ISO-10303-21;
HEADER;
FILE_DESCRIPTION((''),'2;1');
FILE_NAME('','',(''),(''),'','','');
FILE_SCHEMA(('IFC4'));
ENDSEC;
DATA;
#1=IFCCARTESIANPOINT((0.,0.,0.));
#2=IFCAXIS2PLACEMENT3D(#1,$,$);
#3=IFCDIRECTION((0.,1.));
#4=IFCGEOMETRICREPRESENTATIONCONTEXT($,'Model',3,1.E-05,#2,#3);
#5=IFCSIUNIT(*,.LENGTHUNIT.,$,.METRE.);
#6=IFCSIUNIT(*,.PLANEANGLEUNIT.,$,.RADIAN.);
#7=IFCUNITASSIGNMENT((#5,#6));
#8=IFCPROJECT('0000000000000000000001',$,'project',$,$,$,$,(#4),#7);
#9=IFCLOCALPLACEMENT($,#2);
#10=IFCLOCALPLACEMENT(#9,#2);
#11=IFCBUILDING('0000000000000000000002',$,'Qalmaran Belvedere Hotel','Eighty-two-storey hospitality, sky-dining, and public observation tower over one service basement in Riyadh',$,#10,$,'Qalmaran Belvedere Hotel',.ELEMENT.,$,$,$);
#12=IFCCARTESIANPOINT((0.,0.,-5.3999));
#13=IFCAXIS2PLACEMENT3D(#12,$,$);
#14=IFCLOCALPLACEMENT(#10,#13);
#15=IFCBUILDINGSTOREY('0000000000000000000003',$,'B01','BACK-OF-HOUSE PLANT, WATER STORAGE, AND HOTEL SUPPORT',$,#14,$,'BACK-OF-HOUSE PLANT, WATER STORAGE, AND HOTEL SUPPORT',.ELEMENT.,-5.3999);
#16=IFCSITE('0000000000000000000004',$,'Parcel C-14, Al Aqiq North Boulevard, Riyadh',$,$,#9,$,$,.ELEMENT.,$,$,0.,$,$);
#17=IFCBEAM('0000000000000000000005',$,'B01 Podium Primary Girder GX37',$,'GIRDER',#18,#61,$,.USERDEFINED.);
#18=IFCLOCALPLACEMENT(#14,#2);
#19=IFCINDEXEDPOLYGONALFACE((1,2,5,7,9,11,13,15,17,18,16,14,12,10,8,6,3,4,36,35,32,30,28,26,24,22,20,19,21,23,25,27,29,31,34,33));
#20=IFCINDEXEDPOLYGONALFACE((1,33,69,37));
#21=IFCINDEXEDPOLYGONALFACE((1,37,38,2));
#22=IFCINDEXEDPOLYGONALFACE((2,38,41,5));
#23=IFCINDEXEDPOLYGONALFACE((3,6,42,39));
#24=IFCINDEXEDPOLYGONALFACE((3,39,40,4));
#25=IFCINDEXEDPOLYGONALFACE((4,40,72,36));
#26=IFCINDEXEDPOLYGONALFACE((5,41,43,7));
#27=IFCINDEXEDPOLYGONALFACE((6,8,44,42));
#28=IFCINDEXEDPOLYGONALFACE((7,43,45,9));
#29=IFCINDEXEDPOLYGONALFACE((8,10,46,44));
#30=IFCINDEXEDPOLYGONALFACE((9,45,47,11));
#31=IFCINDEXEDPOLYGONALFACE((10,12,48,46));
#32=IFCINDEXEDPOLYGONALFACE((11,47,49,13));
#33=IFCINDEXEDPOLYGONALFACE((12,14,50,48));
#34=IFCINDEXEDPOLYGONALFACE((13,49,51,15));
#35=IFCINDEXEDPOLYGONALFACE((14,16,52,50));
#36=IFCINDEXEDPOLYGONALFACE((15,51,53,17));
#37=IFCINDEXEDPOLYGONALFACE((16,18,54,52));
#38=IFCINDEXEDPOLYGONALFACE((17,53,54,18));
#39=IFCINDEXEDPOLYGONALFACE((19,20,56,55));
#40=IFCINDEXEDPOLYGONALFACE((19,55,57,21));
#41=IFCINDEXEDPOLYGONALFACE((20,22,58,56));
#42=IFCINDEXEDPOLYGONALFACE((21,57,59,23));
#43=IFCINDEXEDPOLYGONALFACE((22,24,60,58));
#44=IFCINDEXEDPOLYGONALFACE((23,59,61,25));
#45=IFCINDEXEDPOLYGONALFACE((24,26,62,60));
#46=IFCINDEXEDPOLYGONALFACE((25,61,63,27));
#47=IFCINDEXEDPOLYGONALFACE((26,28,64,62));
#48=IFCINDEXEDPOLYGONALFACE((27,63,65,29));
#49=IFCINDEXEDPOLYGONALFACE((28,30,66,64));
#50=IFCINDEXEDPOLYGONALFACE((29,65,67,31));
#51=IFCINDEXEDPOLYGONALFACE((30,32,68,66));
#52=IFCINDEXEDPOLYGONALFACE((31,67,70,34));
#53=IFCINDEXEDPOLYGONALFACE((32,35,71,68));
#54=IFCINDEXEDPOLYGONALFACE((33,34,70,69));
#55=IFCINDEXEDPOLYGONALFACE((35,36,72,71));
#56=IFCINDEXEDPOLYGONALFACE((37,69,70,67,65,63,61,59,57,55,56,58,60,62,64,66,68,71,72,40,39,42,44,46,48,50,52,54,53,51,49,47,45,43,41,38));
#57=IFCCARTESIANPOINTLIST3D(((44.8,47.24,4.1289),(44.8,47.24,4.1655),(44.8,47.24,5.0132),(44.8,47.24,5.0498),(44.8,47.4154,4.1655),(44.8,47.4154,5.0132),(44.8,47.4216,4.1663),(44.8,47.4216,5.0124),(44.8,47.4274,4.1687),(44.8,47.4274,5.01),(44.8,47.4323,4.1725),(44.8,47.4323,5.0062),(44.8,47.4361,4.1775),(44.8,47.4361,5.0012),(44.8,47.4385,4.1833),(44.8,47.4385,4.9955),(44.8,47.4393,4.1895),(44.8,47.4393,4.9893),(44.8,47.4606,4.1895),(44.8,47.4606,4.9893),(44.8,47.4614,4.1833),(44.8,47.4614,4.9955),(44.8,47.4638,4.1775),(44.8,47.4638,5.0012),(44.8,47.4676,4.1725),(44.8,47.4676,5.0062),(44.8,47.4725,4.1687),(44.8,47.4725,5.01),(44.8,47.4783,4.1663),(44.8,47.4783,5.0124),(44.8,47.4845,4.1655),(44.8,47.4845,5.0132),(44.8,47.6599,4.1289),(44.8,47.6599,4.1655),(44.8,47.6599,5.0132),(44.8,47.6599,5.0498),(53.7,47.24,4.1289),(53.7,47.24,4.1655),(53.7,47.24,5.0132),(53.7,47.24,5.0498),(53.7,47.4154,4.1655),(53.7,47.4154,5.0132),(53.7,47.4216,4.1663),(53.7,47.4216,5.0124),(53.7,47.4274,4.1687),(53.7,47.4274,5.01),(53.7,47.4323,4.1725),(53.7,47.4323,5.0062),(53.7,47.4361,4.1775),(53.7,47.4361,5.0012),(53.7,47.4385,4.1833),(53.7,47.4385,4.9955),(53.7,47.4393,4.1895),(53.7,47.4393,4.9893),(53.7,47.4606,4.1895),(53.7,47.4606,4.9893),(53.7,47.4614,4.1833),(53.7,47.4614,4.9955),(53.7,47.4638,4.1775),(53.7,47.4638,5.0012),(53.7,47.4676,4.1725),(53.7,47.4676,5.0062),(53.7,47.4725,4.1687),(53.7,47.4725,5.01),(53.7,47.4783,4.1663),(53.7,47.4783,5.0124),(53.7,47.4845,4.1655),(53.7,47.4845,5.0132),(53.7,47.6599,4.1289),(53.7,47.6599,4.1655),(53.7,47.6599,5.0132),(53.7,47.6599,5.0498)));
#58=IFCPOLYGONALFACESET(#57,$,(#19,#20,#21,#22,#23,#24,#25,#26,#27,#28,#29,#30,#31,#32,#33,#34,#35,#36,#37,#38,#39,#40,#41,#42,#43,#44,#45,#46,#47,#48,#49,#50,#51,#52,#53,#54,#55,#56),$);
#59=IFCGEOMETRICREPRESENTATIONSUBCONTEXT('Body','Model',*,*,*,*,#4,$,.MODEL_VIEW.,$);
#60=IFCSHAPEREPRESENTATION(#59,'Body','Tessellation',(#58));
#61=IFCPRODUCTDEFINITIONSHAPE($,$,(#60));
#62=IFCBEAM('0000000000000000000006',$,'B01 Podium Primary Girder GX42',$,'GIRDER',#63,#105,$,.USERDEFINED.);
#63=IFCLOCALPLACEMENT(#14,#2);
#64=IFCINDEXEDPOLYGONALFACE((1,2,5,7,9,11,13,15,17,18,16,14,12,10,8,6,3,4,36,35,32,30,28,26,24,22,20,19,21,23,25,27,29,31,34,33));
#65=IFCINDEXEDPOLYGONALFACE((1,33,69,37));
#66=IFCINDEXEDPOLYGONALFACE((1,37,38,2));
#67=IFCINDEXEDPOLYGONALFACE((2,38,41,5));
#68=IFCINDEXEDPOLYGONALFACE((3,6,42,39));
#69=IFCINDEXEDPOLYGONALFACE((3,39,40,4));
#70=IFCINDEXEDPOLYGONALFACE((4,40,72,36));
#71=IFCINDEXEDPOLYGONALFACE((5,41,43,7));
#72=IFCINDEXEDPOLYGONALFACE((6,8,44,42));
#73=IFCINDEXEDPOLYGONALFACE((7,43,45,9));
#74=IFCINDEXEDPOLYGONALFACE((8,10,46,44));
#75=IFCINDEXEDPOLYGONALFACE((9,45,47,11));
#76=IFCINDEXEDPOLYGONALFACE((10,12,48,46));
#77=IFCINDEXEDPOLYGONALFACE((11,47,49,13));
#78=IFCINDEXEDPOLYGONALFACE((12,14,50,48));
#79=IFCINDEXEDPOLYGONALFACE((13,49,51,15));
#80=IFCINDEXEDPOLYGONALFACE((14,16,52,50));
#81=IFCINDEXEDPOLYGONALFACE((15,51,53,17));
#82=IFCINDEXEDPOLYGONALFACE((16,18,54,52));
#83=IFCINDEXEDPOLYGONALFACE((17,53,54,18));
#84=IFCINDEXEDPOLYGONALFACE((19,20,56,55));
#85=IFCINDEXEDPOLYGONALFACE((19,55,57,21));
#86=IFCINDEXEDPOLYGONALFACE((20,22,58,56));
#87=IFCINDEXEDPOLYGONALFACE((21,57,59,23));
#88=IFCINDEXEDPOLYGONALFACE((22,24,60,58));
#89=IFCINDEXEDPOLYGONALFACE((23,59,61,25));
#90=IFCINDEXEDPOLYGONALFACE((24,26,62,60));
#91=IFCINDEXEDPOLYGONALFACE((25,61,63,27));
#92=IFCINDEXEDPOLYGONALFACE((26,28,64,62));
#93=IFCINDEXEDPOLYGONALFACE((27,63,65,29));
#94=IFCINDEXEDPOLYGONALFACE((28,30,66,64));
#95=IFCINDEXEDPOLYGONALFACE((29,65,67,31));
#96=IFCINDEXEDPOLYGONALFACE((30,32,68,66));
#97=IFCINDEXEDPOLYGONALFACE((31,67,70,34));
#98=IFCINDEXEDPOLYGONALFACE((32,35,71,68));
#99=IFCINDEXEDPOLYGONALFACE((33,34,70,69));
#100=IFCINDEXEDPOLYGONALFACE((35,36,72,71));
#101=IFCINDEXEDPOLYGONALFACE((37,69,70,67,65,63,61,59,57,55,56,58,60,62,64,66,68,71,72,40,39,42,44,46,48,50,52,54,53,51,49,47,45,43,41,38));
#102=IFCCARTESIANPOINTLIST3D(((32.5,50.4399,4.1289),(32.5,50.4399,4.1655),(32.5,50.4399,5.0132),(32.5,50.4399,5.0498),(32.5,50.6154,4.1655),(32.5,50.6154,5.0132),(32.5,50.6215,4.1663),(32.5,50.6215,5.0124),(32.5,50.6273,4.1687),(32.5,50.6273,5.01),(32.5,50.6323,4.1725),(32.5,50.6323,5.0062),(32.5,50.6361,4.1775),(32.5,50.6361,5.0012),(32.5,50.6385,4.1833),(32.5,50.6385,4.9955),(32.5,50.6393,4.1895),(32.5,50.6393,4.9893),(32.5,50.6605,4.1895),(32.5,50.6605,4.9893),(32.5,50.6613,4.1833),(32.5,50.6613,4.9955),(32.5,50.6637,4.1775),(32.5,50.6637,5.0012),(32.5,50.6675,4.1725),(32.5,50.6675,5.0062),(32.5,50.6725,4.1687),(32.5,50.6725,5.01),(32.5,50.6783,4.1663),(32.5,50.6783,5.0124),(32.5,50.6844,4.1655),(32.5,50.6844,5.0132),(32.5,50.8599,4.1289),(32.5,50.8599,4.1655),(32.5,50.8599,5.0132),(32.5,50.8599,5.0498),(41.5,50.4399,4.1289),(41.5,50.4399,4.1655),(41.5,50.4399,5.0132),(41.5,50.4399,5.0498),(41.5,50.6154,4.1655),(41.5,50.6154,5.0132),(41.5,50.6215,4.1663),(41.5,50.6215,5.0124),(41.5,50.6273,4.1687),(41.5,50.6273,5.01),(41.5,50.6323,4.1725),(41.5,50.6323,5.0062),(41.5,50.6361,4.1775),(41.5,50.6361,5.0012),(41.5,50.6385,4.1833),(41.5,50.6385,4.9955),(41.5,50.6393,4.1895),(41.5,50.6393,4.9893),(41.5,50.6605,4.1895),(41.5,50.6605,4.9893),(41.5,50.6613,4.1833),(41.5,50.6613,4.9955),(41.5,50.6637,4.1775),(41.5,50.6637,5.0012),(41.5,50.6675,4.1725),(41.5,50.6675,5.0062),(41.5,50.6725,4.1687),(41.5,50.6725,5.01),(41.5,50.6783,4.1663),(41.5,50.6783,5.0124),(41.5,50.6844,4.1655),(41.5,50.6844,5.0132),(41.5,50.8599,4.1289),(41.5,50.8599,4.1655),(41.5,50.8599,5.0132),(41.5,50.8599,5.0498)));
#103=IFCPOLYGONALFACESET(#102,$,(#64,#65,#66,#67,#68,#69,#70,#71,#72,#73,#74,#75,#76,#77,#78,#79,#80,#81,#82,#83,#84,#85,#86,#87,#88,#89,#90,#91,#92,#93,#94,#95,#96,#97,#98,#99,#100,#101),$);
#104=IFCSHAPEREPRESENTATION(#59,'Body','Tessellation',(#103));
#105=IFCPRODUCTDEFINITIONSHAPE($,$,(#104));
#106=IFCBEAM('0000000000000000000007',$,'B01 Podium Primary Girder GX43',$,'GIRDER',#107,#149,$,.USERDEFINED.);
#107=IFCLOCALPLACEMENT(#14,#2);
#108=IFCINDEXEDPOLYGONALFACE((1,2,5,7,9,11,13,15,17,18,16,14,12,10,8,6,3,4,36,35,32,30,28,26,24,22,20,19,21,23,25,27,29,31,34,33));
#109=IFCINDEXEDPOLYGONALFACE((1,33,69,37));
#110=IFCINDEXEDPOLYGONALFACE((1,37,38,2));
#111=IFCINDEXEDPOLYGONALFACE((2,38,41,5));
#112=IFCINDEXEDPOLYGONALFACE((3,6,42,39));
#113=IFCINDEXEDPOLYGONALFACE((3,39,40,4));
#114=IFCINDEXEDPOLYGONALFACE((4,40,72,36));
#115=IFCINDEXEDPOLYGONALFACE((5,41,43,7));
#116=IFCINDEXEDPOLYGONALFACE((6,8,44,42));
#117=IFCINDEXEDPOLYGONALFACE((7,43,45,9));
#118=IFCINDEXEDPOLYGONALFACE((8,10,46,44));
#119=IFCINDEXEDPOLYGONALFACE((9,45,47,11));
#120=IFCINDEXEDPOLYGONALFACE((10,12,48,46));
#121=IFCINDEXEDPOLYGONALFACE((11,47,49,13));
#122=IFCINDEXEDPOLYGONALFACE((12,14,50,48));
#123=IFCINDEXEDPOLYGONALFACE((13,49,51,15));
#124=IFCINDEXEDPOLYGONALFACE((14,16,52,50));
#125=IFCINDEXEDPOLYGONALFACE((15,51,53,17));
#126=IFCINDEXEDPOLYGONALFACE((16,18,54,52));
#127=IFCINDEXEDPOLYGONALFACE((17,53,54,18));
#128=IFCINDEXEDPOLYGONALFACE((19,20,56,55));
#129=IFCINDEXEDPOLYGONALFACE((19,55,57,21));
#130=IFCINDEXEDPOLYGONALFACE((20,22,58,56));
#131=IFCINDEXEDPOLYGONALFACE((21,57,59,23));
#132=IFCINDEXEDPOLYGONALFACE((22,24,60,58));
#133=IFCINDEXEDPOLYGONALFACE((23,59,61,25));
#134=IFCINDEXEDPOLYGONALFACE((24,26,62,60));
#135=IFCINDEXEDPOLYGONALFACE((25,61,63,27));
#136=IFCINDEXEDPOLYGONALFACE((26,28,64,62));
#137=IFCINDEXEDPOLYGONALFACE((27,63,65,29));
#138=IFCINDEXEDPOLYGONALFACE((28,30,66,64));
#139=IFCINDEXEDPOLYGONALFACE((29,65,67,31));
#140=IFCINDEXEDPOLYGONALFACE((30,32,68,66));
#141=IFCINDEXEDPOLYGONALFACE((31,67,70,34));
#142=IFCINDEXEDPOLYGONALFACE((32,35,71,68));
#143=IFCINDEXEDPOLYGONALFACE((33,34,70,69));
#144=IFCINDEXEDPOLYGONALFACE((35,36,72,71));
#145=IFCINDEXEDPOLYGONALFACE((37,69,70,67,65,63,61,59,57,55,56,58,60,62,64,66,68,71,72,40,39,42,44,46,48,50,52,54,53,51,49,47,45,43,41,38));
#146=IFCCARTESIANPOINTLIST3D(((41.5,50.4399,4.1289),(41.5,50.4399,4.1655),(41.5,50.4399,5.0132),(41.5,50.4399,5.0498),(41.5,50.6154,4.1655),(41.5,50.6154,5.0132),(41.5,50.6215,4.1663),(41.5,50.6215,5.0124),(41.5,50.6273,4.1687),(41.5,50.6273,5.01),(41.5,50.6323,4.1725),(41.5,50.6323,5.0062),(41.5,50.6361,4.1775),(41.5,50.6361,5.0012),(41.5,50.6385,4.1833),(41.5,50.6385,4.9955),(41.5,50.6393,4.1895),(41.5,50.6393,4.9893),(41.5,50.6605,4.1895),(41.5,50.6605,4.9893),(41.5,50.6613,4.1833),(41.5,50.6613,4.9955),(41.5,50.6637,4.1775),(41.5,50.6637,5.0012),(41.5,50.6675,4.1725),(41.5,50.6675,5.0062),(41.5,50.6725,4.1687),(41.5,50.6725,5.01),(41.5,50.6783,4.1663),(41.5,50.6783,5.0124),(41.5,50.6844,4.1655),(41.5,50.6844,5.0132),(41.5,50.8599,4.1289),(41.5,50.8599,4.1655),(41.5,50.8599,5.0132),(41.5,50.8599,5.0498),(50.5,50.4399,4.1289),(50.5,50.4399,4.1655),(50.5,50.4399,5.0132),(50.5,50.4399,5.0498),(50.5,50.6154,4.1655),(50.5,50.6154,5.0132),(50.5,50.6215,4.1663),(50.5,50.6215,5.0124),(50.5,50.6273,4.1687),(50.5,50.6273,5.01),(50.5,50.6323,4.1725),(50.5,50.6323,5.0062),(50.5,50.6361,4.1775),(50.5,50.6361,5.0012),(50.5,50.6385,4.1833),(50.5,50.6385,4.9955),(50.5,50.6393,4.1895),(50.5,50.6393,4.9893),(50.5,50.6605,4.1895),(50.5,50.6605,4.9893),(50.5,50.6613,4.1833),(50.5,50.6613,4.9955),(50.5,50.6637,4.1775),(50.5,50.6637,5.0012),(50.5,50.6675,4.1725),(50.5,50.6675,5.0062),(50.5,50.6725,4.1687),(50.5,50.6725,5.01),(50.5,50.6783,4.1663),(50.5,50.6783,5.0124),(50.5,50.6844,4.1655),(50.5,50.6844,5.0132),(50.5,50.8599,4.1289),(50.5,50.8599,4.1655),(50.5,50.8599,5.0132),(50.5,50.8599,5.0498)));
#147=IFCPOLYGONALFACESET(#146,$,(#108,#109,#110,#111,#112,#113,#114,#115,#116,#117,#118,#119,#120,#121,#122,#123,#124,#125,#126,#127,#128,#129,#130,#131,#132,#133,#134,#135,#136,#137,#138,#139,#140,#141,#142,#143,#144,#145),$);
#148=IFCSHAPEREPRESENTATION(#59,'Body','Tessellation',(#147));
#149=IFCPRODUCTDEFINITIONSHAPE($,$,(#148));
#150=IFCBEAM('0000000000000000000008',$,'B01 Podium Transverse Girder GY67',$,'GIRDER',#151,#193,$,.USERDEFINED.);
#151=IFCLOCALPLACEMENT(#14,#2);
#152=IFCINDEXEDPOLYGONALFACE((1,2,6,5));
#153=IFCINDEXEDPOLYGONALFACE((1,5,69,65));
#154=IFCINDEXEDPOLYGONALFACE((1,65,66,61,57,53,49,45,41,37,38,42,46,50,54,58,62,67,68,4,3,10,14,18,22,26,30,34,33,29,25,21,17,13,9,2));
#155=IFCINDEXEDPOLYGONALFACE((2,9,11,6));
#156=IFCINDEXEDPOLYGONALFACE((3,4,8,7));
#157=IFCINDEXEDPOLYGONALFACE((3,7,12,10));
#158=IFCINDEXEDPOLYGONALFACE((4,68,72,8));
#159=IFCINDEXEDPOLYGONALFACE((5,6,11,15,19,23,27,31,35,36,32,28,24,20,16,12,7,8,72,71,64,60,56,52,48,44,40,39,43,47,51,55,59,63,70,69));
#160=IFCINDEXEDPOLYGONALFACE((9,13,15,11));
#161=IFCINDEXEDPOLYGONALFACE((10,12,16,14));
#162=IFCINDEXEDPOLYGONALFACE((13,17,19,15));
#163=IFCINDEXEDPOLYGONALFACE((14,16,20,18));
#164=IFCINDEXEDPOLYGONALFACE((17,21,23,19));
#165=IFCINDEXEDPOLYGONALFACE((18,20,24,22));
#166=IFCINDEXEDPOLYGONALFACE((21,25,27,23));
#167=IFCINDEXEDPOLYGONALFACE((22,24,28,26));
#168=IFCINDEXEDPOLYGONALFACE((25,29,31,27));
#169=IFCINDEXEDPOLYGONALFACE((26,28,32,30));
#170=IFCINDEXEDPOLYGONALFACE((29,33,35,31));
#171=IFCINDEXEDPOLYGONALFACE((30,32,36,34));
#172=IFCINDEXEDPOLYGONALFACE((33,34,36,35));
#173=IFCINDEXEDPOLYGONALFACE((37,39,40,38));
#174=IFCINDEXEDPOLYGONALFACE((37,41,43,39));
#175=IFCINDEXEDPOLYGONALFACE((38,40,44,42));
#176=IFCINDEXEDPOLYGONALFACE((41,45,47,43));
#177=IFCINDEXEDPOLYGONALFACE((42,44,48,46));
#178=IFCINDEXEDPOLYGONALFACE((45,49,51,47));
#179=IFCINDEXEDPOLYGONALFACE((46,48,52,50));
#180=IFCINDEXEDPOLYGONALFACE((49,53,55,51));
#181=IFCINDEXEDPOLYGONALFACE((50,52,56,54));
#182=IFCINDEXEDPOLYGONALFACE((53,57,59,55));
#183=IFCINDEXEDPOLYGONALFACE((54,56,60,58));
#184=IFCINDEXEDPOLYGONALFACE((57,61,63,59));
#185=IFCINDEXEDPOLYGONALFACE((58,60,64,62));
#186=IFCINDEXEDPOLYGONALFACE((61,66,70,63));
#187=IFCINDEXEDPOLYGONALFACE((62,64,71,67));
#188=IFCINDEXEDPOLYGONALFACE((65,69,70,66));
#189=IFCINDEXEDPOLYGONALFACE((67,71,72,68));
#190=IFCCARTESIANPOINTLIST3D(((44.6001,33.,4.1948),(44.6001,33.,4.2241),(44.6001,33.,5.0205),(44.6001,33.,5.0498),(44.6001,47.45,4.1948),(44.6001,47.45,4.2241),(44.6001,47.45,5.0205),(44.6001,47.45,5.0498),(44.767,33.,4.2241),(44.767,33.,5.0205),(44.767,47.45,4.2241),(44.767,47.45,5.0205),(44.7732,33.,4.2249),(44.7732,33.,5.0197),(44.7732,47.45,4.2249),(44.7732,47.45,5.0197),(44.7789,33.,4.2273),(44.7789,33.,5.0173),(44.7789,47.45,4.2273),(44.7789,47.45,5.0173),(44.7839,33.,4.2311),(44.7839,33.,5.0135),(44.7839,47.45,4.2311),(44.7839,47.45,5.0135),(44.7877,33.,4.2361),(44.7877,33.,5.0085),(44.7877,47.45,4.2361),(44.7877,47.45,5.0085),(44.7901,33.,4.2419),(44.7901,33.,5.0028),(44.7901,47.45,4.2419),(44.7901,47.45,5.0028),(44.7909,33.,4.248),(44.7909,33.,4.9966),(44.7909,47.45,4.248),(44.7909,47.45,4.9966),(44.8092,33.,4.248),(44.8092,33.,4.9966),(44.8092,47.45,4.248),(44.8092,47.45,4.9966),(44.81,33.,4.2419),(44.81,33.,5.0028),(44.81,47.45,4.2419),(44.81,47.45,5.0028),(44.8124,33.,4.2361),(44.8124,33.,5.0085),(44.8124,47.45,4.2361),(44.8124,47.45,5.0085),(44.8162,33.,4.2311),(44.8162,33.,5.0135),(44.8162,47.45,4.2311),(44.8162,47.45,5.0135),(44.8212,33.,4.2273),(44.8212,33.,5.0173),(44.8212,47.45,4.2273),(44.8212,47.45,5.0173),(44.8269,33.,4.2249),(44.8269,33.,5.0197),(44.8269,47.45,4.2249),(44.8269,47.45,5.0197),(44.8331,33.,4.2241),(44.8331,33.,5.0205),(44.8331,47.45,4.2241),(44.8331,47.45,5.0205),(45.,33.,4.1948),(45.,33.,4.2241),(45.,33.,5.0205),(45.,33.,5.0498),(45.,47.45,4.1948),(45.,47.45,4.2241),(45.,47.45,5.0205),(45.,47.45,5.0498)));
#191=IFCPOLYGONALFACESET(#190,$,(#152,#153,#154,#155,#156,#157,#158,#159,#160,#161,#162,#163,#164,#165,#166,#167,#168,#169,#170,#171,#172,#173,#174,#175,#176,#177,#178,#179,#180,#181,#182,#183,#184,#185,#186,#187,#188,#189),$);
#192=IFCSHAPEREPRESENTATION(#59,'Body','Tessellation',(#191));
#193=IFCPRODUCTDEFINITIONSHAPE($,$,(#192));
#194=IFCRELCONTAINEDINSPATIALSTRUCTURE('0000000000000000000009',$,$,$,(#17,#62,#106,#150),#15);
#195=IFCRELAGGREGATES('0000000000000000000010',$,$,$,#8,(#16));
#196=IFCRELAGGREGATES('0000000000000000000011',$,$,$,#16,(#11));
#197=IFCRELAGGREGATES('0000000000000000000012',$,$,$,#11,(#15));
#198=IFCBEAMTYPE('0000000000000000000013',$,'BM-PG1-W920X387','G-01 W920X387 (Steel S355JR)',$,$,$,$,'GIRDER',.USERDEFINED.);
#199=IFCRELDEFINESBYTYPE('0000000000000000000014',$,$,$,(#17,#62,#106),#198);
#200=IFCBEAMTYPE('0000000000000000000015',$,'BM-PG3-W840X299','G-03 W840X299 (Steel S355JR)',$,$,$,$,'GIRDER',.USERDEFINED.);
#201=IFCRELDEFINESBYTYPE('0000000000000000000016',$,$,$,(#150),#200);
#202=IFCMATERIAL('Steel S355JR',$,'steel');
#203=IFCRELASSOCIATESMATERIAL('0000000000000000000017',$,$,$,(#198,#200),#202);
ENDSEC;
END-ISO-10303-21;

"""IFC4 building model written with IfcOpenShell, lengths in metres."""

from ifc_helpers import new_model, si_unit, direction, frame, origin, origin_2d, place, context, subcontext, project, spatial, i_section, extrude, material, material_profile, profile_set, type_object, element, save


model = new_model("IFC4")

# Units and contexts
model_context = context("Model", 3, precision=1e-05, world=origin(), true_north=direction((0.0, 1.0)))
body_context = subcontext(model_context, "Body", "Model", "MODEL_VIEW")
ifc_project = project(units=[si_unit("LENGTHUNIT", "METRE"), si_unit("PLANEANGLEUNIT", "RADIAN")], contexts=[model_context])

# Site, building, storey
site_placement = place(None, origin())
site = spatial("IfcSite", under=ifc_project, at=site_placement, Name="Parcel C-14, Al Aqiq North Boulevard, Riyadh", CompositionType="ELEMENT", RefElevation=0.0)
building_placement = place(site_placement, origin())
building = spatial("IfcBuilding", under=site, at=building_placement, Name="Qalmaran Belvedere Hotel", Description="Eighty-two-storey hospitality, sky-dining, and public observation tower over one service basement in Riyadh", LongName="Qalmaran Belvedere Hotel", CompositionType="ELEMENT")
storey_placement = place(building_placement, frame((0.0, 0.0, -5.3999)))
storey = spatial("IfcBuildingStorey", under=building, at=storey_placement, Name="B01", Description="BACK-OF-HOUSE PLANT, WATER STORAGE, AND HOTEL SUPPORT", LongName="BACK-OF-HOUSE PLANT, WATER STORAGE, AND HOTEL SUPPORT", CompositionType="ELEMENT", Elevation=-5.3999)

# Beams
ifc_material_1 = material(Name="Steel S355JR", Category="steel")
ifc_material_profile_1 = material_profile(ifc_material_1, i_section(OverallWidth=0.4199, OverallDepth=0.9209, WebThickness=0.0212, FlangeThickness=0.0366, FilletRadius=0.0239, at=origin_2d()), Name="W920X387")
ifc_profile_set_1 = profile_set([ifc_material_profile_1], Name="Steel S355JR")
beam_type_1 = type_object("IfcBeamType", Name="BM-PG1-W920X387", Description="G-01 W920X387 (Steel S355JR)", ElementType="GIRDER", PredefinedType="USERDEFINED", material=ifc_profile_set_1)
beam_1_placement = place(storey_placement, frame((44.8, 47.45, 4.5894), z_axis=(1.0, 0.0, 0.0), x_axis=(0.0, 1.0, 0.0)))
element("IfcBeam", 1, at=beam_1_placement, inside=storey, type_object=beam_type_1, Name="B01 Podium Primary Girder GX37", ObjectType="GIRDER", PredefinedType="USERDEFINED", context=body_context, shape_type="SweptSolid", body=[
    extrude(i_section(OverallWidth=0.4199, OverallDepth=0.9209, WebThickness=0.0212, FlangeThickness=0.0366, FilletRadius=0.0239, at=origin_2d()), origin(), (0.0, 0.0, 1.0), 8.8999),
])
for number, where, z_axis, x_axis, name in (
    (2, (32.5, 50.6499, 4.5894), (1.0, 0.0, 0.0), (0.0, 1.0, 0.0), "B01 Podium Primary Girder GX42"),
    (3, (41.5, 50.6499, 4.5894), (1.0, 0.0, 0.0), (0.0, 1.0, 0.0), "B01 Podium Primary Girder GX43"),
):
    element("IfcBeam", number, at=place(storey_placement, frame(where, z_axis=z_axis, x_axis=x_axis)), inside=storey, type_object=beam_type_1, Name=name, ObjectType="GIRDER", PredefinedType="USERDEFINED", context=body_context, shape_type="SweptSolid", body=[
        extrude(i_section(OverallWidth=0.4199, OverallDepth=0.9209, WebThickness=0.0212, FlangeThickness=0.0366, FilletRadius=0.0239, at=origin_2d()), origin(), (0.0, 0.0, 1.0), 9.0),
    ])
ifc_material_profile_2 = material_profile(ifc_material_1, i_section(OverallWidth=0.3999, OverallDepth=0.855, WebThickness=0.0183, FlangeThickness=0.0293, FilletRadius=0.0239, at=origin_2d()), Name="W840X299")
ifc_profile_set_2 = profile_set([ifc_material_profile_2], Name="Steel S355JR")
beam_type_2 = type_object("IfcBeamType", Name="BM-PG3-W840X299", Description="G-03 W840X299 (Steel S355JR)", ElementType="GIRDER", PredefinedType="USERDEFINED", material=ifc_profile_set_2)
beam_2_placement = place(storey_placement, frame((44.8, 33.0, 4.6223), z_axis=(0.0, 1.0, 0.0), x_axis=(-1.0, 0.0, 0.0)))
element("IfcBeam", 4, at=beam_2_placement, inside=storey, type_object=beam_type_2, Name="B01 Podium Transverse Girder GY67", ObjectType="GIRDER", PredefinedType="USERDEFINED", context=body_context, shape_type="SweptSolid", body=[
    extrude(i_section(OverallWidth=0.3999, OverallDepth=0.855, WebThickness=0.0183, FlangeThickness=0.0293, FilletRadius=0.0239, at=origin_2d()), origin(), (0.0, 0.0, 1.0), 14.45),
])

save(model, "model.ifc")
